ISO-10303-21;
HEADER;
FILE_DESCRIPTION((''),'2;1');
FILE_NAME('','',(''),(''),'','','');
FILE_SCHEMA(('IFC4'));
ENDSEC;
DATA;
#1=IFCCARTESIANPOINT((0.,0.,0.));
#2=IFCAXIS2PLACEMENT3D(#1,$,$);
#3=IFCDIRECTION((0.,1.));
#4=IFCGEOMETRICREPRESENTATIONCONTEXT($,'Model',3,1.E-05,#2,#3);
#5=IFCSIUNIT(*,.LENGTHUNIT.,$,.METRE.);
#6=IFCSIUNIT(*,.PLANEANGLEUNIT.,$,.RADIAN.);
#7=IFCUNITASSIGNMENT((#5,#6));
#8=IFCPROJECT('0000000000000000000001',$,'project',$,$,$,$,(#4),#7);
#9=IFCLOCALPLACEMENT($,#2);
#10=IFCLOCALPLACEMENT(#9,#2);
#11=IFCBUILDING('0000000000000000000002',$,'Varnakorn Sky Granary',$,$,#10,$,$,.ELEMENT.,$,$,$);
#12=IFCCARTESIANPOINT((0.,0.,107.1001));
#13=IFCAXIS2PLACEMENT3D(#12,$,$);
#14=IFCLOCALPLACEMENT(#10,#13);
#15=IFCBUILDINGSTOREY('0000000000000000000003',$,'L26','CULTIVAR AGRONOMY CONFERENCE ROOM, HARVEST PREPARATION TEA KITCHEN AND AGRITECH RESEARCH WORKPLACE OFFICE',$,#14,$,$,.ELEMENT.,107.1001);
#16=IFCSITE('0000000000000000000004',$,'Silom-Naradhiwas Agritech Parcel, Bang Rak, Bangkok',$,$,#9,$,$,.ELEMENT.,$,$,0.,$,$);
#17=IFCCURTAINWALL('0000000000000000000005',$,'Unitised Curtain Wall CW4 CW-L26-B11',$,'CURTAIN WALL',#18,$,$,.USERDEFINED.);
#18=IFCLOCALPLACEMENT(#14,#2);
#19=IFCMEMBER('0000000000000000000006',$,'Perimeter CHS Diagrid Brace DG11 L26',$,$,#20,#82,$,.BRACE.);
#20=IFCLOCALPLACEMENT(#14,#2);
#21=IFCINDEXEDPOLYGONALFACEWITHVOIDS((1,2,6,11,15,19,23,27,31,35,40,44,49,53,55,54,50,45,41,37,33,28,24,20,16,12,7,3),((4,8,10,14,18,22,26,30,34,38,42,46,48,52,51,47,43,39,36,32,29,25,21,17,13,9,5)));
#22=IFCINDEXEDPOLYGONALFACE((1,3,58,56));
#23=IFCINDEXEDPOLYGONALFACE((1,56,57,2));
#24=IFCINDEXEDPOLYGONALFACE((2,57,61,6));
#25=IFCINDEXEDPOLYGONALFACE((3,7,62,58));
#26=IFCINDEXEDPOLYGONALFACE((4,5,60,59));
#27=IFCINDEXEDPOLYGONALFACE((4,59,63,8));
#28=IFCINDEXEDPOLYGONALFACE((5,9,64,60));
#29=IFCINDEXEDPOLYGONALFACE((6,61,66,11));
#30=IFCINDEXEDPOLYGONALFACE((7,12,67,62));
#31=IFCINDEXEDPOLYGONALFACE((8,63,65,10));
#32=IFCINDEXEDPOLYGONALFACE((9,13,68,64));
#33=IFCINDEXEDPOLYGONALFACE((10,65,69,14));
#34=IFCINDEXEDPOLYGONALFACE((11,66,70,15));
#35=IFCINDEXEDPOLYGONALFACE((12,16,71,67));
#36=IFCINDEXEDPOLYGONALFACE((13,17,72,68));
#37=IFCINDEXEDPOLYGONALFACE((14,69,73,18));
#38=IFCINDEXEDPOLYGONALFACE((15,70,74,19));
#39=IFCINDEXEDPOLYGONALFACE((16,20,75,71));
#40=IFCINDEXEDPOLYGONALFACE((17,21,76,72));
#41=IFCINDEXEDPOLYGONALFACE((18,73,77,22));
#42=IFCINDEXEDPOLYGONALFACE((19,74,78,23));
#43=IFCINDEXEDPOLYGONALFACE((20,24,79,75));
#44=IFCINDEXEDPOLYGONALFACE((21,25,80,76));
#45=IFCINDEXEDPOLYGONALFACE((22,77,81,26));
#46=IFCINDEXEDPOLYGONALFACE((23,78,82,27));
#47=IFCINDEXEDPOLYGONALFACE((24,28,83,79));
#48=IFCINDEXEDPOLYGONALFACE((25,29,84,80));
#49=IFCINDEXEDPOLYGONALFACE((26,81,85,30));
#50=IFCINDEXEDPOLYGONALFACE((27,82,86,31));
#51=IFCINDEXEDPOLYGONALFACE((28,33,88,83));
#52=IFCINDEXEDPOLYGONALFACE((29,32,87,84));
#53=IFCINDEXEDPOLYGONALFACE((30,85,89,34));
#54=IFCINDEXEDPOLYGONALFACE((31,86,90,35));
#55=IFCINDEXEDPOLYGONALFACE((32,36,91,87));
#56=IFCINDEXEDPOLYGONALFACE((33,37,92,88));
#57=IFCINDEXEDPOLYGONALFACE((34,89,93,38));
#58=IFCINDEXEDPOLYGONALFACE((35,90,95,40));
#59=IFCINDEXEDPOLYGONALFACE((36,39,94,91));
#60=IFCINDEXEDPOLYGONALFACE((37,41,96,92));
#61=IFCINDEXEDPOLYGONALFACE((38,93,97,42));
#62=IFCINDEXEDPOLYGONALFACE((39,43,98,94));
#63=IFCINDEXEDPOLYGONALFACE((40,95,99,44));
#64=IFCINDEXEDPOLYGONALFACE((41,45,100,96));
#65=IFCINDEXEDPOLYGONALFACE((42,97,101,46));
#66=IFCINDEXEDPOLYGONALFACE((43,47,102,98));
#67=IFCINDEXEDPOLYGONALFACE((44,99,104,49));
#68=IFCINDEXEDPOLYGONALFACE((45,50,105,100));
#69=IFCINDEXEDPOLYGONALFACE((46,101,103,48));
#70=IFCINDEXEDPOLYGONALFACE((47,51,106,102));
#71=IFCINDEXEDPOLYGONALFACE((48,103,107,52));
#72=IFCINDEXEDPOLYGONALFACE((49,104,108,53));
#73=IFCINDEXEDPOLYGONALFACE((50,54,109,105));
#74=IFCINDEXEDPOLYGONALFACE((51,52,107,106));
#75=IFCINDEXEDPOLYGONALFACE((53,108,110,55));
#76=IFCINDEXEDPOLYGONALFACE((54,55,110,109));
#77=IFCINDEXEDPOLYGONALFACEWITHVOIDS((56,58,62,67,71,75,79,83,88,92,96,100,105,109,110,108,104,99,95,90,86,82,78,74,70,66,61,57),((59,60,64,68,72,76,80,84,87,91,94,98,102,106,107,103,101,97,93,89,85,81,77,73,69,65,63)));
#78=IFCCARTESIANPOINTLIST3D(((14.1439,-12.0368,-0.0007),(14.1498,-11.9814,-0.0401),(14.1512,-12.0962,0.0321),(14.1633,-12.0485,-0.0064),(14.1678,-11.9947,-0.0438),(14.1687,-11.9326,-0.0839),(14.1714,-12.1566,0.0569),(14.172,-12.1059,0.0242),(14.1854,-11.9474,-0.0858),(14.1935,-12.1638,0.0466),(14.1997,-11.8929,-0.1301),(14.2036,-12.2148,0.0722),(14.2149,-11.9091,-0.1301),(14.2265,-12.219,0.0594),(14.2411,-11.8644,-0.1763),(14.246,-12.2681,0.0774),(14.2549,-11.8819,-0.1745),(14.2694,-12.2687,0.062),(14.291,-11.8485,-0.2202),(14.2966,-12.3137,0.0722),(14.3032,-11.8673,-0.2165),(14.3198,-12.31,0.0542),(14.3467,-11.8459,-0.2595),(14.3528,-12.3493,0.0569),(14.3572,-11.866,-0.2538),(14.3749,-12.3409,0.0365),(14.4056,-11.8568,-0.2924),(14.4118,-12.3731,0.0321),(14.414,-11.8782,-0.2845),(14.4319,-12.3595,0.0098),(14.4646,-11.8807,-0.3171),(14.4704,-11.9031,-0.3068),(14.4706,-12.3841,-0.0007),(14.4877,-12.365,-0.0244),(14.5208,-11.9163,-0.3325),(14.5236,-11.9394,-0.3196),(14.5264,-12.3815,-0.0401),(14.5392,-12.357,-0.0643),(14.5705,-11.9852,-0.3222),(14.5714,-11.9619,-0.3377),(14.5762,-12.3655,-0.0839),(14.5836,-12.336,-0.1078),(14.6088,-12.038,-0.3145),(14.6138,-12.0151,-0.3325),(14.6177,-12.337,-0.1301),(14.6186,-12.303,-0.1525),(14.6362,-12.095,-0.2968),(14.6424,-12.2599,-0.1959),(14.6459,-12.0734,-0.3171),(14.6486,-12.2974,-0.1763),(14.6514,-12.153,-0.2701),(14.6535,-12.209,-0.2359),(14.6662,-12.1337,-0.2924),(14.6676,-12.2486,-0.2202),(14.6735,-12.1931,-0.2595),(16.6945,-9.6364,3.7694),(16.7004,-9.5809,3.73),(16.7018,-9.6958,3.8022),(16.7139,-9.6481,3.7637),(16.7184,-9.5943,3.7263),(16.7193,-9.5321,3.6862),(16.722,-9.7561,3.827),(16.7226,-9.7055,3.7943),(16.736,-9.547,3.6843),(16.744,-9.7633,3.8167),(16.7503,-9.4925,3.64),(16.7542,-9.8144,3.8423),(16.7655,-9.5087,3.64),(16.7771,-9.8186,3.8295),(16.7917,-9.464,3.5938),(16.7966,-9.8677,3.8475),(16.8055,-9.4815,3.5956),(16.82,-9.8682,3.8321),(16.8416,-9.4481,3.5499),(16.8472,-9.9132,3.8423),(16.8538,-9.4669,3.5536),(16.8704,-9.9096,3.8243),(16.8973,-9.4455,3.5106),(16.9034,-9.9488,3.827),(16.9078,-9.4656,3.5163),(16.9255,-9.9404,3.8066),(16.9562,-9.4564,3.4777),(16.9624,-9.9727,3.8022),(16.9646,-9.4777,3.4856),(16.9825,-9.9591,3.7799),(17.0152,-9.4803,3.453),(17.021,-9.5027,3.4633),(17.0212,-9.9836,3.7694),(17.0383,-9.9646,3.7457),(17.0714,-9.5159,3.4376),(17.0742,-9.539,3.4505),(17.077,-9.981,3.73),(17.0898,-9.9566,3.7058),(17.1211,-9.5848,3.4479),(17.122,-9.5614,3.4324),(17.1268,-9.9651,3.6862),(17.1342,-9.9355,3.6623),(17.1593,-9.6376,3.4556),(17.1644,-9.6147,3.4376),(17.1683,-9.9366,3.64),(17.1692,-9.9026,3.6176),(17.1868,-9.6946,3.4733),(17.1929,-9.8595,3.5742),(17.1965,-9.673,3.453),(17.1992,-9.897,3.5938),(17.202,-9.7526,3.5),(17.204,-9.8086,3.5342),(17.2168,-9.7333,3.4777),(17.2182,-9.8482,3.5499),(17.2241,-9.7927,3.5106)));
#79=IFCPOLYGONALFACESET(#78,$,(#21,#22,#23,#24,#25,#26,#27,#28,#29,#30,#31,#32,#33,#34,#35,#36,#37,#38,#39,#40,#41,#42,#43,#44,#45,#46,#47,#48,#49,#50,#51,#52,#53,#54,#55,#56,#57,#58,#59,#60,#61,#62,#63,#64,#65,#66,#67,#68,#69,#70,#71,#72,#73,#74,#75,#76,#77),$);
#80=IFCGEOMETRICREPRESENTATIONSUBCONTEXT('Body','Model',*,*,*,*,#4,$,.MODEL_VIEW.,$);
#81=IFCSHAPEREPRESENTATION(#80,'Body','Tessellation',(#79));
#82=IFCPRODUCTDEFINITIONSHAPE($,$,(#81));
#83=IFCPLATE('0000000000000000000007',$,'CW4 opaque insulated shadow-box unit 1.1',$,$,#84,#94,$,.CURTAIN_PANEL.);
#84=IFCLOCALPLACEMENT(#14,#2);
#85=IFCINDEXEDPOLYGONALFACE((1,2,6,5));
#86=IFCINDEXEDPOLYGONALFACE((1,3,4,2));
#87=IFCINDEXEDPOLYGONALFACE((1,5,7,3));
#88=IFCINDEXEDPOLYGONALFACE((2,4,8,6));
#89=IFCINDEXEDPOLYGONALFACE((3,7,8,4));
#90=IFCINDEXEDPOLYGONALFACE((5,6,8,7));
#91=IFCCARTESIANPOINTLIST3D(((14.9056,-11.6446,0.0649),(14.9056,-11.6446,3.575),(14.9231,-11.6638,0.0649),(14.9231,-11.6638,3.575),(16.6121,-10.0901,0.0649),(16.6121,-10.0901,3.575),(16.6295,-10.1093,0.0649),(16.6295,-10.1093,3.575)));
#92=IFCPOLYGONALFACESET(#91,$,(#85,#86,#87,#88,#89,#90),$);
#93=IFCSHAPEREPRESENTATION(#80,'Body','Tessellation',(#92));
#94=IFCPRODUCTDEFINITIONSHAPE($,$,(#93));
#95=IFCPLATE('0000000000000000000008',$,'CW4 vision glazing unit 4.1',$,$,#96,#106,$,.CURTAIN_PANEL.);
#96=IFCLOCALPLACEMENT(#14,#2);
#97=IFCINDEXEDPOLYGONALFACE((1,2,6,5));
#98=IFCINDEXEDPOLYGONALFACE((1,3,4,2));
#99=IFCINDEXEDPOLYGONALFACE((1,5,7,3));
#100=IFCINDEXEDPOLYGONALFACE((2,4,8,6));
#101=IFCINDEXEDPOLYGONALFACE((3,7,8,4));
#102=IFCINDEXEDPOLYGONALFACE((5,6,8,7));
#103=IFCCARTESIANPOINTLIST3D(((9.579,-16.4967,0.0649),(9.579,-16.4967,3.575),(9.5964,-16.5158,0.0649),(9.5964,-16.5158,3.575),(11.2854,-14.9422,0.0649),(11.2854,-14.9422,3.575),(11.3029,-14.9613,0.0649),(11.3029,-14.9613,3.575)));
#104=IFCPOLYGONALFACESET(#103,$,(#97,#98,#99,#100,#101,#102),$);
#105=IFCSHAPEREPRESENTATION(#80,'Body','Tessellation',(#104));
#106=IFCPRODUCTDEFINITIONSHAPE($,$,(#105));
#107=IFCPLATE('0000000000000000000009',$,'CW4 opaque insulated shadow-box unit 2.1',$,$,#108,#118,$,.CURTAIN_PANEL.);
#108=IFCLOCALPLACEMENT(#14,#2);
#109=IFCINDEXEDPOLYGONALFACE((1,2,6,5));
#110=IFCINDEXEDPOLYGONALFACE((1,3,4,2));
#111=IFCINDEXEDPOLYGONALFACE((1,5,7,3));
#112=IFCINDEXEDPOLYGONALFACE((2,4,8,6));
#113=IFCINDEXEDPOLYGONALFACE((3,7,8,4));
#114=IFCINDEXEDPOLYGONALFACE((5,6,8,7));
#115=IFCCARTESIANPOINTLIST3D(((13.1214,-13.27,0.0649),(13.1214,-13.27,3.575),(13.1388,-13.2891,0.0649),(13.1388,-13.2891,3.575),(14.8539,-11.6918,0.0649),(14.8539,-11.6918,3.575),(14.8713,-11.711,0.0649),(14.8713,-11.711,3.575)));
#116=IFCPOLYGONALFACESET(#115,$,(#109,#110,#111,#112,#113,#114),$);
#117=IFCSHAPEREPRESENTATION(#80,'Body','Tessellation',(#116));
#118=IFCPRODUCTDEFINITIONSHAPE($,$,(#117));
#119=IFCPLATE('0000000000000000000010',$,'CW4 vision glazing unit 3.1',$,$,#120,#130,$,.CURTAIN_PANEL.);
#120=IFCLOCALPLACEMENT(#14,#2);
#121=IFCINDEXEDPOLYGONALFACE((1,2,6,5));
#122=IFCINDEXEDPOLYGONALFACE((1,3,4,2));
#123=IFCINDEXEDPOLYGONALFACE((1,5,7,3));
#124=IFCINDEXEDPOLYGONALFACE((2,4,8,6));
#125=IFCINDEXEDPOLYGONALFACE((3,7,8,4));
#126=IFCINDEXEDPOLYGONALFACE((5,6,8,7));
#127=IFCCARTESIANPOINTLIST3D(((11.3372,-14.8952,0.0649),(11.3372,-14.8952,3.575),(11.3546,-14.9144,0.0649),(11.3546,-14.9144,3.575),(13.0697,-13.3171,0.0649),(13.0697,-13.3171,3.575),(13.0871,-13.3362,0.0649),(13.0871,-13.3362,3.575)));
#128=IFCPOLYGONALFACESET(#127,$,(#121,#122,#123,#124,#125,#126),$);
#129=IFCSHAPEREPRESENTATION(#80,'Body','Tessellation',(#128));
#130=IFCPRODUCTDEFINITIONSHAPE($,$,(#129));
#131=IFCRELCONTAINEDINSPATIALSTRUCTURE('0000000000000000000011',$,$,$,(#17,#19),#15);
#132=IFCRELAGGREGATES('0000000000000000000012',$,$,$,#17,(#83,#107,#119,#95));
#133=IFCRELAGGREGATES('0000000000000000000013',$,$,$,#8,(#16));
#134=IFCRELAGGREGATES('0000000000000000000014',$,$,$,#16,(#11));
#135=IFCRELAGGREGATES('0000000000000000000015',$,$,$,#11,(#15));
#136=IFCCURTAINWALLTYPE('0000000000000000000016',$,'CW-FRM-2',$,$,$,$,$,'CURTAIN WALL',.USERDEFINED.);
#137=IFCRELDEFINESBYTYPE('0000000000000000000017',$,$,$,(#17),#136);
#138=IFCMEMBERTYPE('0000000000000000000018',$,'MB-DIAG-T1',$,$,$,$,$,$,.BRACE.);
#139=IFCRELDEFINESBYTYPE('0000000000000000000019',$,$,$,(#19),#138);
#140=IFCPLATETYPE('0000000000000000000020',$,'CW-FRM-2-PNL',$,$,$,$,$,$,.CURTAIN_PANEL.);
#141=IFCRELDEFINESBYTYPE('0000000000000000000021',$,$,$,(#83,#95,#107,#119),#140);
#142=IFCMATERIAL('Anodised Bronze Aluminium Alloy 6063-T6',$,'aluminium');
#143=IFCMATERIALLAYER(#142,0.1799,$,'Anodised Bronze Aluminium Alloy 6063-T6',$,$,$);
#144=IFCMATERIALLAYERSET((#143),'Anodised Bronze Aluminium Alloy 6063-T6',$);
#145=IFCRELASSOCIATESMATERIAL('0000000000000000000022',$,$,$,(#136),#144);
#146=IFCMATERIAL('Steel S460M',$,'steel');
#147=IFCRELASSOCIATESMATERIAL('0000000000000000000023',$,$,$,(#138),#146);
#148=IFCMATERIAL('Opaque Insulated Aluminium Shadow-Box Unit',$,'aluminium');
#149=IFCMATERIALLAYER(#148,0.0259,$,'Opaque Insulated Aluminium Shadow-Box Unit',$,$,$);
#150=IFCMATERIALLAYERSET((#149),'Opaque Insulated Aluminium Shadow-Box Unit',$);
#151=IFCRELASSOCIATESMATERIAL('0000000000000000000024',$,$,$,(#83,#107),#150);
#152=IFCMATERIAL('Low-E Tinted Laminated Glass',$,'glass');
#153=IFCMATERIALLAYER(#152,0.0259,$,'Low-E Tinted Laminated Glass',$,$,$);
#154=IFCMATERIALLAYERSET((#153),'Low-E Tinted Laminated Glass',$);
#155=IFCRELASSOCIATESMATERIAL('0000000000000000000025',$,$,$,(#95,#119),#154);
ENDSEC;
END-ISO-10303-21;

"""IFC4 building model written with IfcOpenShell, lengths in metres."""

from ifc_helpers import new_model, si_unit, direction, frame, origin, origin_2d, place, context, subcontext, project, spatial, rectangle, hollow_circle, extrude, source, transform, mapped, material, layer, layer_set, material_profile, profile_set, type_object, type_shapes, element, aggregate, save


model = new_model("IFC4")

# Units and contexts
model_context = context("Model", 3, precision=1e-05, world=origin(), true_north=direction((0.0, 1.0)))
body_context = subcontext(model_context, "Body", "Model", "MODEL_VIEW")
ifc_project = project(units=[si_unit("LENGTHUNIT", "METRE"), si_unit("PLANEANGLEUNIT", "RADIAN")], contexts=[model_context])

# Site, building, storey
site_placement = place(None, origin())
site = spatial("IfcSite", under=ifc_project, at=site_placement, Name="Silom-Naradhiwas Agritech Parcel, Bang Rak, Bangkok", CompositionType="ELEMENT", RefElevation=0.0)
building_placement = place(site_placement, origin())
building = spatial("IfcBuilding", under=site, at=building_placement, Name="Varnakorn Sky Granary", CompositionType="ELEMENT")
storey_placement = place(building_placement, frame((0.0, 0.0, 107.1001)))
storey = spatial("IfcBuildingStorey", under=building, at=storey_placement, Name="L26", Description="CULTIVAR AGRONOMY CONFERENCE ROOM, HARVEST PREPARATION TEA KITCHEN AND AGRITECH RESEARCH WORKPLACE OFFICE", CompositionType="ELEMENT", Elevation=107.1001)

# Shared definitions
ifc_material_1 = material(Name="Steel S460M", Category="steel")

# Curtain wall
ifc_material_2 = material(Name="Anodised Bronze Aluminium Alloy 6063-T6", Category="aluminium")
ifc_layer_1 = layer(ifc_material_2, 0.1799, Name="Anodised Bronze Aluminium Alloy 6063-T6")
ifc_layer_set_1 = layer_set([ifc_layer_1], Name="Anodised Bronze Aluminium Alloy 6063-T6")
curtain_wall_type = type_object("IfcCurtainWallType", Name="CW-FRM-2", ElementType="CURTAIN WALL", PredefinedType="USERDEFINED", material=ifc_layer_set_1)
curtain_wall_placement = place(storey_placement, origin())
curtain_wall = element("IfcCurtainWall", 1, at=curtain_wall_placement, inside=storey, type_object=curtain_wall_type, Name="Unitised Curtain Wall CW4 CW-L26-B11", ObjectType="CURTAIN WALL", PredefinedType="USERDEFINED")

# Member
ifc_material_profile_1 = material_profile(ifc_material_1, hollow_circle(Radius=0.3049, WallThickness=0.0222, at=origin_2d()), Name="CHS 610x22")
ifc_profile_set_1 = profile_set([ifc_material_profile_1], Name="Steel S460M")
member_type_1 = type_object("IfcMemberType", Name="MB-DIAG-T1", PredefinedType="BRACE", material=ifc_profile_set_1)
member_1_placement = place(storey_placement, frame((14.4087, -12.115, -0.1301), z_axis=(0.495646, 0.466468, 0.732628), x_axis=(-0.685347, 0.728216, 0.0)))
element("IfcMember", 2, at=member_1_placement, inside=storey, type_object=member_type_1, Name="Perimeter CHS Diagrid Brace DG11 L26", PredefinedType="BRACE", context=body_context, shape_type="SweptSolid", body=[
    extrude(hollow_circle(Radius=0.3049, WallThickness=0.0222, at=origin_2d()), origin(), (0.0, 0.0, 1.0), 5.146),
])

# Plates
ifc_material_3 = material(Name="Opaque Insulated Aluminium Shadow-Box Unit", Category="aluminium")
ifc_layer_2 = layer(ifc_material_3, 0.0259, Name="Opaque Insulated Aluminium Shadow-Box Unit")
ifc_layer_set_2 = layer_set([ifc_layer_2], Name="Opaque Insulated Aluminium Shadow-Box Unit")
plate_type = type_object("IfcPlateType", Name="CW-FRM-2-PNL", PredefinedType="CURTAIN_PANEL")
shared_shape_1 = source(origin(), body_context, "Body", "SweptSolid", [
    extrude(rectangle(XDim=2.3083, YDim=0.0259, at=origin_2d()), origin(), (0.0, 0.0, 1.0), 3.51),
])
plate_1_placement = place(storey_placement, frame((15.7676, -10.877, 0.0649), z_axis=(0.0, 0.0, 1.0), x_axis=(-0.739265, -0.673414, 0.0)))
plate_1 = element("IfcPlate", 3, at=plate_1_placement, type_object=plate_type, material=ifc_layer_set_2, Name="CW4 opaque insulated shadow-box unit 1.1", PredefinedType="CURTAIN_PANEL", context=body_context, shape_type="MappedRepresentation", body=[
    mapped(shared_shape_1, transform((0.0, 0.0, 0.0), x_axis=(1.0, 0.0, 0.0), y_axis=(0.0, 1.0, 0.0), z_axis=(0.0, 0.0, 1.0), scale=1.0)),
])
ifc_material_4 = material(Name="Low-E Tinted Laminated Glass", Category="glass")
ifc_layer_3 = layer(ifc_material_4, 0.0259, Name="Low-E Tinted Laminated Glass")
ifc_layer_set_3 = layer_set([ifc_layer_3], Name="Low-E Tinted Laminated Glass")
plate_2_placement = place(storey_placement, frame((10.4409, -15.729, 0.0649), z_axis=(0.0, 0.0, 1.0), x_axis=(-0.739265, -0.673414, 0.0)))
plate_2 = element("IfcPlate", 4, at=plate_2_placement, type_object=plate_type, material=ifc_layer_set_3, Name="CW4 vision glazing unit 4.1", PredefinedType="CURTAIN_PANEL", context=body_context, shape_type="MappedRepresentation", body=[
    mapped(shared_shape_1, transform((0.0, 0.0, 0.0), x_axis=(1.0, 0.0, 0.0), y_axis=(0.0, 1.0, 0.0), z_axis=(0.0, 0.0, 1.0), scale=1.0)),
])
shared_shape_2 = source(origin(), body_context, "Body", "SweptSolid", [
    extrude(rectangle(XDim=2.3435, YDim=0.0259, at=origin_2d()), origin(), (0.0, 0.0, 1.0), 3.51),
])
type_shapes(plate_type, [shared_shape_1, shared_shape_2])
plate_3_placement = place(storey_placement, frame((13.9963, -12.4905, 0.0649), z_axis=(0.0, 0.0, 1.0), x_axis=(-0.739265, -0.673414, 0.0)))
plate_3 = element("IfcPlate", 5, at=plate_3_placement, type_object=plate_type, material=ifc_layer_set_2, Name="CW4 opaque insulated shadow-box unit 2.1", PredefinedType="CURTAIN_PANEL", context=body_context, shape_type="MappedRepresentation", body=[
    mapped(shared_shape_2, transform((0.0, 0.0, 0.0), x_axis=(1.0, 0.0, 0.0), y_axis=(0.0, 1.0, 0.0), z_axis=(0.0, 0.0, 1.0), scale=1.0)),
])
plate_4_placement = place(storey_placement, frame((12.2122, -14.1157, 0.0649), z_axis=(0.0, 0.0, 1.0), x_axis=(-0.739265, -0.673414, 0.0)))
plate_4 = element("IfcPlate", 6, at=plate_4_placement, type_object=plate_type, material=ifc_layer_set_3, Name="CW4 vision glazing unit 3.1", PredefinedType="CURTAIN_PANEL", context=body_context, shape_type="MappedRepresentation", body=[
    mapped(shared_shape_2, transform((0.0, 0.0, 0.0), x_axis=(1.0, 0.0, 0.0), y_axis=(0.0, 1.0, 0.0), z_axis=(0.0, 0.0, 1.0), scale=1.0)),
])
aggregate(curtain_wall, [plate_1, plate_3, plate_4, plate_2])

save(model, "model.ifc")
